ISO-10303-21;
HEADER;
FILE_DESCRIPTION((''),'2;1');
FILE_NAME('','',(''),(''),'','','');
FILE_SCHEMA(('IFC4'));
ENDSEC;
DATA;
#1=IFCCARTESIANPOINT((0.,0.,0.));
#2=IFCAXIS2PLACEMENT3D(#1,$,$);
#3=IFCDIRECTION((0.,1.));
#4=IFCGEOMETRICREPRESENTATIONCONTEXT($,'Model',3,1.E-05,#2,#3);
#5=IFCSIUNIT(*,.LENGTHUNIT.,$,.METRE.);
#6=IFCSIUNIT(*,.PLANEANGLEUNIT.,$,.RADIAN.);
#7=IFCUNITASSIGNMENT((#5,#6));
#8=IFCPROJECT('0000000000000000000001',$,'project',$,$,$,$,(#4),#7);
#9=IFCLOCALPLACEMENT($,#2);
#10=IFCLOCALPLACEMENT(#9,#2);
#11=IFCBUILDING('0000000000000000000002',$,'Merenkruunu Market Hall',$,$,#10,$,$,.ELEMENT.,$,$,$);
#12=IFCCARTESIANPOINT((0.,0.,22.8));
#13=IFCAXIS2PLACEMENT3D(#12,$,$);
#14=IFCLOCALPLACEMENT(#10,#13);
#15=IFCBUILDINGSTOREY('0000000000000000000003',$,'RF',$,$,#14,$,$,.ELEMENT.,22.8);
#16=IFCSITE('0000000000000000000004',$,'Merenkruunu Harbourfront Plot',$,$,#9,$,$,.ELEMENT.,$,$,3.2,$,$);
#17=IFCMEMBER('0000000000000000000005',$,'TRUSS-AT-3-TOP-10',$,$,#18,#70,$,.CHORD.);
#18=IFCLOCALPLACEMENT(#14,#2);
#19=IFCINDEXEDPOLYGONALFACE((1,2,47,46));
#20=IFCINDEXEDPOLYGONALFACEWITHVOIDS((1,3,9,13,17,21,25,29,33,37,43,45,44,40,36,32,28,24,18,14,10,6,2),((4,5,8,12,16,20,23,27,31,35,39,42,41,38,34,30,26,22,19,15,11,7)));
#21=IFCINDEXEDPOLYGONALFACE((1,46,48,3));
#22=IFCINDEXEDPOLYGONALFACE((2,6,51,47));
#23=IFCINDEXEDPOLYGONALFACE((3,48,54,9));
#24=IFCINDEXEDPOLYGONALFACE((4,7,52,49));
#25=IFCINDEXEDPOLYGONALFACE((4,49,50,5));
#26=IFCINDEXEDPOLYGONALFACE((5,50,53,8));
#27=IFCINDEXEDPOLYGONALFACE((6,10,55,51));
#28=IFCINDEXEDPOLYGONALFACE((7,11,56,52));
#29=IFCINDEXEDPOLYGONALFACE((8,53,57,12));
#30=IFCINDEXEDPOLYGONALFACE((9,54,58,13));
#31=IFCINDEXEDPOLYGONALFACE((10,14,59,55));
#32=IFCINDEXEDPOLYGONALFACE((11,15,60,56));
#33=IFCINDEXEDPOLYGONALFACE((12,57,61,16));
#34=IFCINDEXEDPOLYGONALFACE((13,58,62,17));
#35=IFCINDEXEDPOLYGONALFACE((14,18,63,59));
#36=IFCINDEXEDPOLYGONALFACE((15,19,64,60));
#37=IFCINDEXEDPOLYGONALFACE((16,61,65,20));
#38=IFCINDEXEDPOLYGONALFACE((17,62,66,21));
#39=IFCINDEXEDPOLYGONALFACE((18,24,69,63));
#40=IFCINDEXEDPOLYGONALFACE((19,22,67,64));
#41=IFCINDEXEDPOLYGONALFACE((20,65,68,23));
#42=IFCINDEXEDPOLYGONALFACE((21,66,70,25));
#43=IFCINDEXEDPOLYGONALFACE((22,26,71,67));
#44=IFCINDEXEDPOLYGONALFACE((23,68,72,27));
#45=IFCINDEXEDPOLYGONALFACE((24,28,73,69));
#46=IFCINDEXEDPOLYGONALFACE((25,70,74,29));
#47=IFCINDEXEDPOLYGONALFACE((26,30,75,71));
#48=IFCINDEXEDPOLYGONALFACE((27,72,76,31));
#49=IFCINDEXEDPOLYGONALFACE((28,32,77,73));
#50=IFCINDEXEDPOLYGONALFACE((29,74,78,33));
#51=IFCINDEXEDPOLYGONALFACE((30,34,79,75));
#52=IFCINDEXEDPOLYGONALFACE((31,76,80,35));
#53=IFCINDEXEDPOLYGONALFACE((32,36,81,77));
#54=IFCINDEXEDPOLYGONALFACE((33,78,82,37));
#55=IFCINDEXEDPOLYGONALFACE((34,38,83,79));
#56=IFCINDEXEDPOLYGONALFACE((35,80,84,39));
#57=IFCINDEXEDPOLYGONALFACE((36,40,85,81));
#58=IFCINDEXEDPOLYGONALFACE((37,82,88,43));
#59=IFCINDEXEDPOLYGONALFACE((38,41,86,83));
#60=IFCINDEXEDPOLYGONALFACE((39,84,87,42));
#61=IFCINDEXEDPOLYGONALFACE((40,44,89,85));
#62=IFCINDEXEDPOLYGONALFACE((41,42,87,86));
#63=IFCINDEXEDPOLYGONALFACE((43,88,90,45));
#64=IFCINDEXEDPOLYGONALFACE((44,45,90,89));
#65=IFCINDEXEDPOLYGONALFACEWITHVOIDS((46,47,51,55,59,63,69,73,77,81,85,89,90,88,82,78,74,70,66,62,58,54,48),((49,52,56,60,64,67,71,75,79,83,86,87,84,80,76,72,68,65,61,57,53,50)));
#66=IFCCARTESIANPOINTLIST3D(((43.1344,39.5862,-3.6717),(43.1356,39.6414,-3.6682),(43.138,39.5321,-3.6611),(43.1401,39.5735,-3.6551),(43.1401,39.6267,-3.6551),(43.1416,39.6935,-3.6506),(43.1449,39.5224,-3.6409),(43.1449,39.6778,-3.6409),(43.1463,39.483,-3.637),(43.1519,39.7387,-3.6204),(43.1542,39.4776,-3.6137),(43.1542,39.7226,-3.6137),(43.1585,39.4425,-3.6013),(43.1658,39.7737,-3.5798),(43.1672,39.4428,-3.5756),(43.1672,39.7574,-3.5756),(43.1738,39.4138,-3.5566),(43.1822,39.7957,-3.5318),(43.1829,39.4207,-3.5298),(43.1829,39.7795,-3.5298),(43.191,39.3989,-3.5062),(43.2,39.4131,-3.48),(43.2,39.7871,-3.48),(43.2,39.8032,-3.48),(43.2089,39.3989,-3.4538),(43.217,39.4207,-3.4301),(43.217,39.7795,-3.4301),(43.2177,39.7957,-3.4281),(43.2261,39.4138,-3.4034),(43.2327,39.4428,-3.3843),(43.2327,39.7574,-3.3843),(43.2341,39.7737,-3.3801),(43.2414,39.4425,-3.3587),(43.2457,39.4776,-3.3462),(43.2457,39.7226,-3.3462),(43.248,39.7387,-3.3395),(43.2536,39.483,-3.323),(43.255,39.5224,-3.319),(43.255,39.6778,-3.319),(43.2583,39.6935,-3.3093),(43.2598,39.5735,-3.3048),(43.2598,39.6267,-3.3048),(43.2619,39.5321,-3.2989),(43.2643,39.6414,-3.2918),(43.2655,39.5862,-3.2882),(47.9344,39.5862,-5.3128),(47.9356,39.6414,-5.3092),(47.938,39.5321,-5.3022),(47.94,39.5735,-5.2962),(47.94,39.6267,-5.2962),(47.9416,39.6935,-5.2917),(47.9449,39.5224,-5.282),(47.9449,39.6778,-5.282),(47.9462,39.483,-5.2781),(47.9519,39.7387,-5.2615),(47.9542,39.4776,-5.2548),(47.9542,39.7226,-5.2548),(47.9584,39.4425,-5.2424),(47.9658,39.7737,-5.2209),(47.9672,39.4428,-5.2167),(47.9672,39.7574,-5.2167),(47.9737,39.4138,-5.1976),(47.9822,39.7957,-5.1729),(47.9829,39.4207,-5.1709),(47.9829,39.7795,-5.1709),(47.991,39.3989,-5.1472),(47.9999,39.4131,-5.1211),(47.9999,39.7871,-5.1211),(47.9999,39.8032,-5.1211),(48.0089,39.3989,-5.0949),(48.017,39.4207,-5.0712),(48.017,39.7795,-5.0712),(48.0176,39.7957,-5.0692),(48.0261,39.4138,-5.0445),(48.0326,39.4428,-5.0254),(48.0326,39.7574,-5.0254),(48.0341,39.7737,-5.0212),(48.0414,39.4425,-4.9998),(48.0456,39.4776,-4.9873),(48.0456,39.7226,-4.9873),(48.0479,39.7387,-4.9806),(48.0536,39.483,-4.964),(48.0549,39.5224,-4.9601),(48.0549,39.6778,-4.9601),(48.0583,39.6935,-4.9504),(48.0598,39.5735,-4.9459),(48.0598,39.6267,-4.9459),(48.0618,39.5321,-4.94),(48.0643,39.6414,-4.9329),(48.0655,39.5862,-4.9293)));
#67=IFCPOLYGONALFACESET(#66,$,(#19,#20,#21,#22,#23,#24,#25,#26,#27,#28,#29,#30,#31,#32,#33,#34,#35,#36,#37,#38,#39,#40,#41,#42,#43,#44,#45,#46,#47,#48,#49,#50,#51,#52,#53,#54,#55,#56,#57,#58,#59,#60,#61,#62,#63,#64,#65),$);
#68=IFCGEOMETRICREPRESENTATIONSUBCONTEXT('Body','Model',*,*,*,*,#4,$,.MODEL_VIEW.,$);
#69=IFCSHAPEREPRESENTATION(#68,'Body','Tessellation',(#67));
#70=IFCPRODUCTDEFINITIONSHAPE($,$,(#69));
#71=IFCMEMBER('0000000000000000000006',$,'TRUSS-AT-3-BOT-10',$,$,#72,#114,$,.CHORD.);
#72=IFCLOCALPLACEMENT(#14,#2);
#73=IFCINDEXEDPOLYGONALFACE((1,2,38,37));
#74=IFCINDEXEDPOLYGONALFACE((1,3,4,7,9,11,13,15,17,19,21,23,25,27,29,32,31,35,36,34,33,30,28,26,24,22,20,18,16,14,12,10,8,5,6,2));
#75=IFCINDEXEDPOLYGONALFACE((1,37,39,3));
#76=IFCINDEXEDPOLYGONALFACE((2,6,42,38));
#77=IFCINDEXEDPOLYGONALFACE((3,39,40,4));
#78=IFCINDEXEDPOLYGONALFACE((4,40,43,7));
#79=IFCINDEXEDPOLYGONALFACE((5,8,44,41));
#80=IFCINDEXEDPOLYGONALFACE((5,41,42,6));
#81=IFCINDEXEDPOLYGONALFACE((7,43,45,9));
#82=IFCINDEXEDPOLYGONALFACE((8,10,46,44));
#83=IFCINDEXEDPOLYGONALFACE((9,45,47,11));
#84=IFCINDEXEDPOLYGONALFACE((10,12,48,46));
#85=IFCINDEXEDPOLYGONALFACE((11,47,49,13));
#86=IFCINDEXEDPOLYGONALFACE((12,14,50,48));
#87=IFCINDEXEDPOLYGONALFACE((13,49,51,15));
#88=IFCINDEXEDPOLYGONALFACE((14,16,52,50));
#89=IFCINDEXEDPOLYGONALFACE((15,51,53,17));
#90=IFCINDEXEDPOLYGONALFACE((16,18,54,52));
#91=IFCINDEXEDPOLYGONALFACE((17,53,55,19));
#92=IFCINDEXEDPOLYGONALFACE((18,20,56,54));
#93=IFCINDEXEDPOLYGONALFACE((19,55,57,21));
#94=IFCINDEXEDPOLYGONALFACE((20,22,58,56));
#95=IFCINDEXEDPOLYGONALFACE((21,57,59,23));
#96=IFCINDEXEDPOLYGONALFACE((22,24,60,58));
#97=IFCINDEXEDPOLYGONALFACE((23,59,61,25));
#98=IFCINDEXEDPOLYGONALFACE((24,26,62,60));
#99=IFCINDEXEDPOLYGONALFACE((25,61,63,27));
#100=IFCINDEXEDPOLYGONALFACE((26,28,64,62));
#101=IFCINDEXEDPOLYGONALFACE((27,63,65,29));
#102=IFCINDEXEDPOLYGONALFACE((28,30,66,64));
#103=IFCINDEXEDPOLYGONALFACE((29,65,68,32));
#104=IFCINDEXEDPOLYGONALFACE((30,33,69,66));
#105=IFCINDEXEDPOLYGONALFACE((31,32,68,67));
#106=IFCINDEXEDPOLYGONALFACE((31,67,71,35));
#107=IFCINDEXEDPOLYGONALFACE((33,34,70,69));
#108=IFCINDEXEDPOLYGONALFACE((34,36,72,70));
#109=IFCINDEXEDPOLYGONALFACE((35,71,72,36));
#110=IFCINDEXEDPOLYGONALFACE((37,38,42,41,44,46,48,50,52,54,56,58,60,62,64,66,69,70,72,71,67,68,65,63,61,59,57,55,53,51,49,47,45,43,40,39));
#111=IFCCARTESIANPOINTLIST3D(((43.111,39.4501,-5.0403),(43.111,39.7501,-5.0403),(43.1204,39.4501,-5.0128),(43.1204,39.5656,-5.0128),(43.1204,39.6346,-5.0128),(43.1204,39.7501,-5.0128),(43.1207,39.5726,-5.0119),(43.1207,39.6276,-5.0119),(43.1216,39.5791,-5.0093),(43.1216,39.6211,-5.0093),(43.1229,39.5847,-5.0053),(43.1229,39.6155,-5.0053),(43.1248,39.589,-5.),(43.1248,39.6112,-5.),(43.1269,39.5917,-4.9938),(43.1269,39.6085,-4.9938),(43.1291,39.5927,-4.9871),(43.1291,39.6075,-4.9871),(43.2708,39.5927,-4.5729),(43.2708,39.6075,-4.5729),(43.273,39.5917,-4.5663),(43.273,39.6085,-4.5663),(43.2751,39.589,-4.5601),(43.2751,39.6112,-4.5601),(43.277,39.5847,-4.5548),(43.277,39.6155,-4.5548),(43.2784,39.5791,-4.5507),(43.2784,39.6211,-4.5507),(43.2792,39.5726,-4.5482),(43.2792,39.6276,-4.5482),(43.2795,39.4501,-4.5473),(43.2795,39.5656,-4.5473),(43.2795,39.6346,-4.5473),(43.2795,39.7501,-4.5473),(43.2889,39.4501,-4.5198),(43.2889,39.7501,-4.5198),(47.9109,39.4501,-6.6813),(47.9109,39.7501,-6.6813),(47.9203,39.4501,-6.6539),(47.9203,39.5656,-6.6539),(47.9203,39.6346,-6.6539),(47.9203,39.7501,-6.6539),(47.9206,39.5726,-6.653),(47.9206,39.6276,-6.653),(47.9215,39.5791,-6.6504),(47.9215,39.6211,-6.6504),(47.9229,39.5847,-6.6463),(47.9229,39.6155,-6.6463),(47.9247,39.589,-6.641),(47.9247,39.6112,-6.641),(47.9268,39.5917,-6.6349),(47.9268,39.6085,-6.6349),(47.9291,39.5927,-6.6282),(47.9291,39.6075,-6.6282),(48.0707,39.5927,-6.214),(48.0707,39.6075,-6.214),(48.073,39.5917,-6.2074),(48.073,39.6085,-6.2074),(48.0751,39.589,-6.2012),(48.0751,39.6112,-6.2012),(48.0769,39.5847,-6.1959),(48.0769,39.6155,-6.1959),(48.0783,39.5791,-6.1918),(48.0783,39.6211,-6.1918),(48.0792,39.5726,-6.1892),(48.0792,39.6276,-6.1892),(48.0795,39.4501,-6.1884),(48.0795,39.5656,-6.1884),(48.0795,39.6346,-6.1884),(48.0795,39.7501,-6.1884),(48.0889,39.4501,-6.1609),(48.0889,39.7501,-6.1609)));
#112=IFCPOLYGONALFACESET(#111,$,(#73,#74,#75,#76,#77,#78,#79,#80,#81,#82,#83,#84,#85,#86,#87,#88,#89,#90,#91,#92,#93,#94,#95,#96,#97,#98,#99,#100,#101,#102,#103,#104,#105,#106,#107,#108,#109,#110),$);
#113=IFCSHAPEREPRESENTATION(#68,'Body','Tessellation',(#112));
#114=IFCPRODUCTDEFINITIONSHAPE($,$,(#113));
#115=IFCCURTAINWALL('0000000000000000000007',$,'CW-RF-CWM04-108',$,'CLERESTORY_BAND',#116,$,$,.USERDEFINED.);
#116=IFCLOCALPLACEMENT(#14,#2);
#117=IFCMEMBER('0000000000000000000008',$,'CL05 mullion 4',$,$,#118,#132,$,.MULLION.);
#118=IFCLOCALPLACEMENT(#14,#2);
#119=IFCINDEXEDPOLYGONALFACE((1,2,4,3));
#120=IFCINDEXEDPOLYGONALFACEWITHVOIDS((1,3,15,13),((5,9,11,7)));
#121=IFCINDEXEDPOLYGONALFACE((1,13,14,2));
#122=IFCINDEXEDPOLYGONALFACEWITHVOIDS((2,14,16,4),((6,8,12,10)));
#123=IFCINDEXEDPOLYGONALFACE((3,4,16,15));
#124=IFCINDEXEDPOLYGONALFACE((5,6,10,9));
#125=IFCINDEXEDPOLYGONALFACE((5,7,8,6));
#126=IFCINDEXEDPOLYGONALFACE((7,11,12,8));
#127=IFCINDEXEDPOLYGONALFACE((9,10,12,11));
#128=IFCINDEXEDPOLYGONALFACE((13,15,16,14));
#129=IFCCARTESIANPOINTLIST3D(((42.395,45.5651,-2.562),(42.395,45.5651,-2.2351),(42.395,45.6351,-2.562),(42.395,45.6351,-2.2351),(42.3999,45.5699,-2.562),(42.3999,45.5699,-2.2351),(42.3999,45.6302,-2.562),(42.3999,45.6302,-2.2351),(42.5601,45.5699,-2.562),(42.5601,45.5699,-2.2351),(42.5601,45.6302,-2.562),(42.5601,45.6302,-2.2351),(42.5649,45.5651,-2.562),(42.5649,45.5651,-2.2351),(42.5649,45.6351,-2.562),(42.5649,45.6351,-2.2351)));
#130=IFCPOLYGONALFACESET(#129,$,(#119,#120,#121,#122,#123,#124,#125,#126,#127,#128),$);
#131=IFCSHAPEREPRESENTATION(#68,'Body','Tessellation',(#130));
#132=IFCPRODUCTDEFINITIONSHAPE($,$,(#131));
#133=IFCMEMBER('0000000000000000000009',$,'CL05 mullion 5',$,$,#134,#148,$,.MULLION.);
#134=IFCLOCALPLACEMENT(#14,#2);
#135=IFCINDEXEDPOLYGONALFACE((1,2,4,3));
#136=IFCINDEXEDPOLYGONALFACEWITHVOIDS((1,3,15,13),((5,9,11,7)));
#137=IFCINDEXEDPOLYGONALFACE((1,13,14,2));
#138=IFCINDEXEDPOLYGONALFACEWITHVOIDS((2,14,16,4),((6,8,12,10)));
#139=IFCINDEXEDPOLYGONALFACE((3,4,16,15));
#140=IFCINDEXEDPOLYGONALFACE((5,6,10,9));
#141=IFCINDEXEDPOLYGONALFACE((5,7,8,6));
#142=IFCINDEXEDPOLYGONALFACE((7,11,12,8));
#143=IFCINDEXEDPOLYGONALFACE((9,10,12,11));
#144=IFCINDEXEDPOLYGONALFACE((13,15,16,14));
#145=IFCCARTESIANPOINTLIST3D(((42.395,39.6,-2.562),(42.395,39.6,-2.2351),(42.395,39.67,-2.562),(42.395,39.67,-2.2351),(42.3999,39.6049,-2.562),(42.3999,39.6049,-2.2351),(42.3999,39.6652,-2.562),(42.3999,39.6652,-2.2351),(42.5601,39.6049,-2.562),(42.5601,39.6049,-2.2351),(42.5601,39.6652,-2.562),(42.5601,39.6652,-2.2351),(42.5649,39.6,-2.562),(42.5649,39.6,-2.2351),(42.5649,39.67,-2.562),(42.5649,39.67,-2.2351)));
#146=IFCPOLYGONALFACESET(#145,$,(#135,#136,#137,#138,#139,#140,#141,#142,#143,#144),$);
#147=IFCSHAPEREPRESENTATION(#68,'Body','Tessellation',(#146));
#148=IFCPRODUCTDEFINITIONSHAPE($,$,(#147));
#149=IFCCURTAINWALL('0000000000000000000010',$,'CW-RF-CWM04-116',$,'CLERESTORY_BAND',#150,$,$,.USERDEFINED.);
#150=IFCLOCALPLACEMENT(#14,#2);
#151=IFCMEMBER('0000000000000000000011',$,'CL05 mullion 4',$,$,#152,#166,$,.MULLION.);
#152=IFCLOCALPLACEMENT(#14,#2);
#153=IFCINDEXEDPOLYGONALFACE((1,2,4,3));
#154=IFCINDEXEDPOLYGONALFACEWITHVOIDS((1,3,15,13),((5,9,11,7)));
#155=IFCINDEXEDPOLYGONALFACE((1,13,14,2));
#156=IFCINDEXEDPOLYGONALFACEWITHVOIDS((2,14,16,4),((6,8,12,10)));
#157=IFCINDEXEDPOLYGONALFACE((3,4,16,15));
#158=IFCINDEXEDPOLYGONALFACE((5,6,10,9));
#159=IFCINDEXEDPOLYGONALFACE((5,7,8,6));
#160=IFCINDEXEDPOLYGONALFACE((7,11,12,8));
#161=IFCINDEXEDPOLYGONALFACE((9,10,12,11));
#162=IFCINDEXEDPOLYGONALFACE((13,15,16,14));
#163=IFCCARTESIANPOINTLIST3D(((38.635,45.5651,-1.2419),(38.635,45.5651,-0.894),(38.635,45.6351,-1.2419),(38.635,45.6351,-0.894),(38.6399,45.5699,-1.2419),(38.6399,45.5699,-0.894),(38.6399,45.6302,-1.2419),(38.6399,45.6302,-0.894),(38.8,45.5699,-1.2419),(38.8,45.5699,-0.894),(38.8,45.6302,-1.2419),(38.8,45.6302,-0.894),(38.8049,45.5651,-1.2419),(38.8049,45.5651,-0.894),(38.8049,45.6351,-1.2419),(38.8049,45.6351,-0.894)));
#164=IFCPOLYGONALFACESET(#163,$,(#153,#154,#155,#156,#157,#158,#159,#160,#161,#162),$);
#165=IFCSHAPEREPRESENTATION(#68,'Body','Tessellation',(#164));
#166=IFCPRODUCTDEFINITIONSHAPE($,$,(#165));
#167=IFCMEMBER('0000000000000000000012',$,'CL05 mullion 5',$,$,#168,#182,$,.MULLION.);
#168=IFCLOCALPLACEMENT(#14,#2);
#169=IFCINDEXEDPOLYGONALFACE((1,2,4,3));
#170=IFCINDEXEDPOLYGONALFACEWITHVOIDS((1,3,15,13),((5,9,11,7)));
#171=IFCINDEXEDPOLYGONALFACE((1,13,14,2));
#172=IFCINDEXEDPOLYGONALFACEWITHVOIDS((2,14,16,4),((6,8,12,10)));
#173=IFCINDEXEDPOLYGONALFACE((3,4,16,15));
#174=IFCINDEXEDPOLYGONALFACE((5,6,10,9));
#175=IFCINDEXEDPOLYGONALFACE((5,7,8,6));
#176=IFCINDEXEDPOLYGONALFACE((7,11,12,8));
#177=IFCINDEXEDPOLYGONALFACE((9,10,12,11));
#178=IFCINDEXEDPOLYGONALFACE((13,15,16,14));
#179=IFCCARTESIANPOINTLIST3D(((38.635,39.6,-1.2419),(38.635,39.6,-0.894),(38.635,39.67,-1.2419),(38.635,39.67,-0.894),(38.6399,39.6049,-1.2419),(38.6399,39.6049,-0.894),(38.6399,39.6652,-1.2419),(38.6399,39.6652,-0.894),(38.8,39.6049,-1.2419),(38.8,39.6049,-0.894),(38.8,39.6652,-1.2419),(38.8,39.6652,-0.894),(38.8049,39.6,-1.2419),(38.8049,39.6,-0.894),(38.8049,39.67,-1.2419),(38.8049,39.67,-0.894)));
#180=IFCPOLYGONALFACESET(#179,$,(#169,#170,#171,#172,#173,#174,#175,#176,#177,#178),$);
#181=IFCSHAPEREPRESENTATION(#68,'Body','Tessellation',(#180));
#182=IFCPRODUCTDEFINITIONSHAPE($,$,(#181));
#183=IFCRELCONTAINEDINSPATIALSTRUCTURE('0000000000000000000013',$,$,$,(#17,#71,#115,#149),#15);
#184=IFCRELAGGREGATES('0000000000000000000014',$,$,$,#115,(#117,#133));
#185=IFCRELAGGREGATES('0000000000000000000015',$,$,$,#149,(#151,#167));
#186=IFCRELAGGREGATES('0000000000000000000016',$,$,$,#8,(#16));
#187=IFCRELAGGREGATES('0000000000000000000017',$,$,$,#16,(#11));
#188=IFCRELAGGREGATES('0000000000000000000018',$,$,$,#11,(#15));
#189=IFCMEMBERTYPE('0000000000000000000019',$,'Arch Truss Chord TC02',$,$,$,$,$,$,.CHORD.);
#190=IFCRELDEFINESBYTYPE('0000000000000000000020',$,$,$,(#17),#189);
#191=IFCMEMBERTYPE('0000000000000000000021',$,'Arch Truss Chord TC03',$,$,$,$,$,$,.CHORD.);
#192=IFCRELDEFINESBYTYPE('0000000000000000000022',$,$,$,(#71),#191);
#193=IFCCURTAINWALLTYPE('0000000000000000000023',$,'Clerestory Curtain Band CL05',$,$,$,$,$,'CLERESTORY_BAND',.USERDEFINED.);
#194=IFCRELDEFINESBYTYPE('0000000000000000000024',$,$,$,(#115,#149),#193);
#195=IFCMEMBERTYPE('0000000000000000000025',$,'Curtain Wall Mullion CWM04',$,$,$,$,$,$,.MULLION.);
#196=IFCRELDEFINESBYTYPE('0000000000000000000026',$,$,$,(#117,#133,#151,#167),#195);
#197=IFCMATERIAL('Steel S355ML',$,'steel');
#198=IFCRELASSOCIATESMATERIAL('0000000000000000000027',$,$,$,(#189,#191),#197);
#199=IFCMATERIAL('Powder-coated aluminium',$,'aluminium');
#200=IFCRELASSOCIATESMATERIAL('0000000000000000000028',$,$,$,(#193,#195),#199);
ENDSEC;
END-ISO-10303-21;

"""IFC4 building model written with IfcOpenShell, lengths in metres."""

from ifc_helpers import new_model, si_unit, direction, frame, origin, origin_2d, place, context, subcontext, project, spatial, hollow_rectangle, hollow_circle, i_section, extrude, material, material_profile, profile_set, type_object, element, aggregate, save


model = new_model("IFC4")

# Units and contexts
model_context = context("Model", 3, precision=1e-05, world=origin(), true_north=direction((0.0, 1.0)))
body_context = subcontext(model_context, "Body", "Model", "MODEL_VIEW")
ifc_project = project(units=[si_unit("LENGTHUNIT", "METRE"), si_unit("PLANEANGLEUNIT", "RADIAN")], contexts=[model_context])

# Site, building, storey
site_placement = place(None, origin())
site = spatial("IfcSite", under=ifc_project, at=site_placement, Name="Merenkruunu Harbourfront Plot", CompositionType="ELEMENT", RefElevation=3.2)
building_placement = place(site_placement, origin())
building = spatial("IfcBuilding", under=site, at=building_placement, Name="Merenkruunu Market Hall", CompositionType="ELEMENT")
storey_placement = place(building_placement, frame((0.0, 0.0, 22.8)))
storey = spatial("IfcBuildingStorey", under=building, at=storey_placement, Name="RF", CompositionType="ELEMENT", Elevation=22.8)

# Members
ifc_material_1 = material(Name="Steel S355ML", Category="steel")
ifc_material_profile_1 = material_profile(ifc_material_1, hollow_circle(Radius=0.2031, WallThickness=0.0161, at=origin_2d()), Name="CHS 406.4x16")
ifc_profile_set_1 = profile_set([ifc_material_profile_1], Name="Steel S355ML")
member_type_1 = type_object("IfcMemberType", Name="Arch Truss Chord TC02", PredefinedType="CHORD", material=ifc_profile_set_1)
member_1_placement = place(storey_placement, frame((43.2, 39.6001, -3.48), z_axis=(0.946225, 0.0, -0.32351), x_axis=(0.0, 1.0, 0.0)))
element("IfcMember", 1, at=member_1_placement, inside=storey, type_object=member_type_1, Name="TRUSS-AT-3-TOP-10", PredefinedType="CHORD", context=body_context, shape_type="SweptSolid", body=[
    extrude(hollow_circle(Radius=0.2031, WallThickness=0.0161, at=origin_2d()), origin(), (0.0, 0.0, 1.0), 5.0728),
])
ifc_material_profile_2 = material_profile(ifc_material_1, i_section(OverallWidth=0.3, OverallDepth=0.55, WebThickness=0.0149, FlangeThickness=0.0291, FilletRadius=0.0271, at=origin_2d()), Name="HEB 550")
ifc_profile_set_2 = profile_set([ifc_material_profile_2], Name="Steel S355ML")
member_type_2 = type_object("IfcMemberType", Name="Arch Truss Chord TC03", PredefinedType="CHORD", material=ifc_profile_set_2)
member_2_placement = place(storey_placement, frame((43.2, 39.6001, -4.78), z_axis=(0.946225, 0.0, -0.32351), x_axis=(0.0, 1.0, 0.0)))
element("IfcMember", 2, at=member_2_placement, inside=storey, type_object=member_type_2, Name="TRUSS-AT-3-BOT-10", PredefinedType="CHORD", context=body_context, shape_type="SweptSolid", body=[
    extrude(i_section(OverallWidth=0.3, OverallDepth=0.55, WebThickness=0.0149, FlangeThickness=0.0291, FilletRadius=0.0271, at=origin_2d()), origin(), (0.0, 0.0, 1.0), 5.0728),
])

# Curtain walls, members
ifc_material_2 = material(Name="Powder-coated aluminium", Category="aluminium")
curtain_wall_type = type_object("IfcCurtainWallType", Name="Clerestory Curtain Band CL05", ElementType="CLERESTORY_BAND", PredefinedType="USERDEFINED", material=ifc_material_2)
curtain_wall_1_placement = place(storey_placement, origin())
curtain_wall_1 = element("IfcCurtainWall", 3, at=curtain_wall_1_placement, inside=storey, type_object=curtain_wall_type, Name="CW-RF-CWM04-108", ObjectType="CLERESTORY_BAND", PredefinedType="USERDEFINED")
ifc_material_profile_3 = material_profile(ifc_material_2, hollow_rectangle(XDim=0.0701, YDim=0.1699, WallThickness=0.0049, at=origin_2d()), Name="ALU 70x170x5")
ifc_profile_set_3 = profile_set([ifc_material_profile_3], Name="Powder-coated aluminium")
member_type_3 = type_object("IfcMemberType", Name="Curtain Wall Mullion CWM04", PredefinedType="MULLION", material=ifc_profile_set_3)
member_3_placement = place(storey_placement, frame((42.48, 45.6001, -2.562), z_axis=(0.0, 0.0, 1.0), x_axis=(0.0, -1.0, 0.0)))
member_3 = element("IfcMember", 4, at=member_3_placement, type_object=member_type_3, Name="CL05 mullion 4", PredefinedType="MULLION", context=body_context, shape_type="SweptSolid", body=[
    extrude(hollow_rectangle(XDim=0.0701, YDim=0.1699, WallThickness=0.0049, at=origin_2d()), origin(), (0.0, 0.0, 1.0), 0.3269),
])
member_4_placement = place(storey_placement, frame((42.48, 39.635, -2.562), z_axis=(0.0, 0.0, 1.0), x_axis=(0.0, -1.0, 0.0)))
member_4 = element("IfcMember", 5, at=member_4_placement, type_object=member_type_3, Name="CL05 mullion 5", PredefinedType="MULLION", context=body_context, shape_type="SweptSolid", body=[
    extrude(hollow_rectangle(XDim=0.0701, YDim=0.1699, WallThickness=0.0049, at=origin_2d()), origin(), (0.0, 0.0, 1.0), 0.3269),
])
curtain_wall_2_placement = place(storey_placement, origin())
curtain_wall_2 = element("IfcCurtainWall", 6, at=curtain_wall_2_placement, inside=storey, type_object=curtain_wall_type, Name="CW-RF-CWM04-116", ObjectType="CLERESTORY_BAND", PredefinedType="USERDEFINED")
member_5_placement = place(storey_placement, frame((38.72, 45.6001, -1.2419), z_axis=(0.0, 0.0, 1.0), x_axis=(0.0, -1.0, 0.0)))
member_5 = element("IfcMember", 7, at=member_5_placement, type_object=member_type_3, Name="CL05 mullion 4", PredefinedType="MULLION", context=body_context, shape_type="SweptSolid", body=[
    extrude(hollow_rectangle(XDim=0.0701, YDim=0.1699, WallThickness=0.0049, at=origin_2d()), origin(), (0.0, 0.0, 1.0), 0.3479),
])
member_6_placement = place(storey_placement, frame((38.72, 39.635, -1.2419), z_axis=(0.0, 0.0, 1.0), x_axis=(0.0, -1.0, 0.0)))
member_6 = element("IfcMember", 8, at=member_6_placement, type_object=member_type_3, Name="CL05 mullion 5", PredefinedType="MULLION", context=body_context, shape_type="SweptSolid", body=[
    extrude(hollow_rectangle(XDim=0.0701, YDim=0.1699, WallThickness=0.0049, at=origin_2d()), origin(), (0.0, 0.0, 1.0), 0.3479),
])

aggregate(curtain_wall_1, [member_3, member_4])
aggregate(curtain_wall_2, [member_5, member_6])

save(model, "model.ifc")
